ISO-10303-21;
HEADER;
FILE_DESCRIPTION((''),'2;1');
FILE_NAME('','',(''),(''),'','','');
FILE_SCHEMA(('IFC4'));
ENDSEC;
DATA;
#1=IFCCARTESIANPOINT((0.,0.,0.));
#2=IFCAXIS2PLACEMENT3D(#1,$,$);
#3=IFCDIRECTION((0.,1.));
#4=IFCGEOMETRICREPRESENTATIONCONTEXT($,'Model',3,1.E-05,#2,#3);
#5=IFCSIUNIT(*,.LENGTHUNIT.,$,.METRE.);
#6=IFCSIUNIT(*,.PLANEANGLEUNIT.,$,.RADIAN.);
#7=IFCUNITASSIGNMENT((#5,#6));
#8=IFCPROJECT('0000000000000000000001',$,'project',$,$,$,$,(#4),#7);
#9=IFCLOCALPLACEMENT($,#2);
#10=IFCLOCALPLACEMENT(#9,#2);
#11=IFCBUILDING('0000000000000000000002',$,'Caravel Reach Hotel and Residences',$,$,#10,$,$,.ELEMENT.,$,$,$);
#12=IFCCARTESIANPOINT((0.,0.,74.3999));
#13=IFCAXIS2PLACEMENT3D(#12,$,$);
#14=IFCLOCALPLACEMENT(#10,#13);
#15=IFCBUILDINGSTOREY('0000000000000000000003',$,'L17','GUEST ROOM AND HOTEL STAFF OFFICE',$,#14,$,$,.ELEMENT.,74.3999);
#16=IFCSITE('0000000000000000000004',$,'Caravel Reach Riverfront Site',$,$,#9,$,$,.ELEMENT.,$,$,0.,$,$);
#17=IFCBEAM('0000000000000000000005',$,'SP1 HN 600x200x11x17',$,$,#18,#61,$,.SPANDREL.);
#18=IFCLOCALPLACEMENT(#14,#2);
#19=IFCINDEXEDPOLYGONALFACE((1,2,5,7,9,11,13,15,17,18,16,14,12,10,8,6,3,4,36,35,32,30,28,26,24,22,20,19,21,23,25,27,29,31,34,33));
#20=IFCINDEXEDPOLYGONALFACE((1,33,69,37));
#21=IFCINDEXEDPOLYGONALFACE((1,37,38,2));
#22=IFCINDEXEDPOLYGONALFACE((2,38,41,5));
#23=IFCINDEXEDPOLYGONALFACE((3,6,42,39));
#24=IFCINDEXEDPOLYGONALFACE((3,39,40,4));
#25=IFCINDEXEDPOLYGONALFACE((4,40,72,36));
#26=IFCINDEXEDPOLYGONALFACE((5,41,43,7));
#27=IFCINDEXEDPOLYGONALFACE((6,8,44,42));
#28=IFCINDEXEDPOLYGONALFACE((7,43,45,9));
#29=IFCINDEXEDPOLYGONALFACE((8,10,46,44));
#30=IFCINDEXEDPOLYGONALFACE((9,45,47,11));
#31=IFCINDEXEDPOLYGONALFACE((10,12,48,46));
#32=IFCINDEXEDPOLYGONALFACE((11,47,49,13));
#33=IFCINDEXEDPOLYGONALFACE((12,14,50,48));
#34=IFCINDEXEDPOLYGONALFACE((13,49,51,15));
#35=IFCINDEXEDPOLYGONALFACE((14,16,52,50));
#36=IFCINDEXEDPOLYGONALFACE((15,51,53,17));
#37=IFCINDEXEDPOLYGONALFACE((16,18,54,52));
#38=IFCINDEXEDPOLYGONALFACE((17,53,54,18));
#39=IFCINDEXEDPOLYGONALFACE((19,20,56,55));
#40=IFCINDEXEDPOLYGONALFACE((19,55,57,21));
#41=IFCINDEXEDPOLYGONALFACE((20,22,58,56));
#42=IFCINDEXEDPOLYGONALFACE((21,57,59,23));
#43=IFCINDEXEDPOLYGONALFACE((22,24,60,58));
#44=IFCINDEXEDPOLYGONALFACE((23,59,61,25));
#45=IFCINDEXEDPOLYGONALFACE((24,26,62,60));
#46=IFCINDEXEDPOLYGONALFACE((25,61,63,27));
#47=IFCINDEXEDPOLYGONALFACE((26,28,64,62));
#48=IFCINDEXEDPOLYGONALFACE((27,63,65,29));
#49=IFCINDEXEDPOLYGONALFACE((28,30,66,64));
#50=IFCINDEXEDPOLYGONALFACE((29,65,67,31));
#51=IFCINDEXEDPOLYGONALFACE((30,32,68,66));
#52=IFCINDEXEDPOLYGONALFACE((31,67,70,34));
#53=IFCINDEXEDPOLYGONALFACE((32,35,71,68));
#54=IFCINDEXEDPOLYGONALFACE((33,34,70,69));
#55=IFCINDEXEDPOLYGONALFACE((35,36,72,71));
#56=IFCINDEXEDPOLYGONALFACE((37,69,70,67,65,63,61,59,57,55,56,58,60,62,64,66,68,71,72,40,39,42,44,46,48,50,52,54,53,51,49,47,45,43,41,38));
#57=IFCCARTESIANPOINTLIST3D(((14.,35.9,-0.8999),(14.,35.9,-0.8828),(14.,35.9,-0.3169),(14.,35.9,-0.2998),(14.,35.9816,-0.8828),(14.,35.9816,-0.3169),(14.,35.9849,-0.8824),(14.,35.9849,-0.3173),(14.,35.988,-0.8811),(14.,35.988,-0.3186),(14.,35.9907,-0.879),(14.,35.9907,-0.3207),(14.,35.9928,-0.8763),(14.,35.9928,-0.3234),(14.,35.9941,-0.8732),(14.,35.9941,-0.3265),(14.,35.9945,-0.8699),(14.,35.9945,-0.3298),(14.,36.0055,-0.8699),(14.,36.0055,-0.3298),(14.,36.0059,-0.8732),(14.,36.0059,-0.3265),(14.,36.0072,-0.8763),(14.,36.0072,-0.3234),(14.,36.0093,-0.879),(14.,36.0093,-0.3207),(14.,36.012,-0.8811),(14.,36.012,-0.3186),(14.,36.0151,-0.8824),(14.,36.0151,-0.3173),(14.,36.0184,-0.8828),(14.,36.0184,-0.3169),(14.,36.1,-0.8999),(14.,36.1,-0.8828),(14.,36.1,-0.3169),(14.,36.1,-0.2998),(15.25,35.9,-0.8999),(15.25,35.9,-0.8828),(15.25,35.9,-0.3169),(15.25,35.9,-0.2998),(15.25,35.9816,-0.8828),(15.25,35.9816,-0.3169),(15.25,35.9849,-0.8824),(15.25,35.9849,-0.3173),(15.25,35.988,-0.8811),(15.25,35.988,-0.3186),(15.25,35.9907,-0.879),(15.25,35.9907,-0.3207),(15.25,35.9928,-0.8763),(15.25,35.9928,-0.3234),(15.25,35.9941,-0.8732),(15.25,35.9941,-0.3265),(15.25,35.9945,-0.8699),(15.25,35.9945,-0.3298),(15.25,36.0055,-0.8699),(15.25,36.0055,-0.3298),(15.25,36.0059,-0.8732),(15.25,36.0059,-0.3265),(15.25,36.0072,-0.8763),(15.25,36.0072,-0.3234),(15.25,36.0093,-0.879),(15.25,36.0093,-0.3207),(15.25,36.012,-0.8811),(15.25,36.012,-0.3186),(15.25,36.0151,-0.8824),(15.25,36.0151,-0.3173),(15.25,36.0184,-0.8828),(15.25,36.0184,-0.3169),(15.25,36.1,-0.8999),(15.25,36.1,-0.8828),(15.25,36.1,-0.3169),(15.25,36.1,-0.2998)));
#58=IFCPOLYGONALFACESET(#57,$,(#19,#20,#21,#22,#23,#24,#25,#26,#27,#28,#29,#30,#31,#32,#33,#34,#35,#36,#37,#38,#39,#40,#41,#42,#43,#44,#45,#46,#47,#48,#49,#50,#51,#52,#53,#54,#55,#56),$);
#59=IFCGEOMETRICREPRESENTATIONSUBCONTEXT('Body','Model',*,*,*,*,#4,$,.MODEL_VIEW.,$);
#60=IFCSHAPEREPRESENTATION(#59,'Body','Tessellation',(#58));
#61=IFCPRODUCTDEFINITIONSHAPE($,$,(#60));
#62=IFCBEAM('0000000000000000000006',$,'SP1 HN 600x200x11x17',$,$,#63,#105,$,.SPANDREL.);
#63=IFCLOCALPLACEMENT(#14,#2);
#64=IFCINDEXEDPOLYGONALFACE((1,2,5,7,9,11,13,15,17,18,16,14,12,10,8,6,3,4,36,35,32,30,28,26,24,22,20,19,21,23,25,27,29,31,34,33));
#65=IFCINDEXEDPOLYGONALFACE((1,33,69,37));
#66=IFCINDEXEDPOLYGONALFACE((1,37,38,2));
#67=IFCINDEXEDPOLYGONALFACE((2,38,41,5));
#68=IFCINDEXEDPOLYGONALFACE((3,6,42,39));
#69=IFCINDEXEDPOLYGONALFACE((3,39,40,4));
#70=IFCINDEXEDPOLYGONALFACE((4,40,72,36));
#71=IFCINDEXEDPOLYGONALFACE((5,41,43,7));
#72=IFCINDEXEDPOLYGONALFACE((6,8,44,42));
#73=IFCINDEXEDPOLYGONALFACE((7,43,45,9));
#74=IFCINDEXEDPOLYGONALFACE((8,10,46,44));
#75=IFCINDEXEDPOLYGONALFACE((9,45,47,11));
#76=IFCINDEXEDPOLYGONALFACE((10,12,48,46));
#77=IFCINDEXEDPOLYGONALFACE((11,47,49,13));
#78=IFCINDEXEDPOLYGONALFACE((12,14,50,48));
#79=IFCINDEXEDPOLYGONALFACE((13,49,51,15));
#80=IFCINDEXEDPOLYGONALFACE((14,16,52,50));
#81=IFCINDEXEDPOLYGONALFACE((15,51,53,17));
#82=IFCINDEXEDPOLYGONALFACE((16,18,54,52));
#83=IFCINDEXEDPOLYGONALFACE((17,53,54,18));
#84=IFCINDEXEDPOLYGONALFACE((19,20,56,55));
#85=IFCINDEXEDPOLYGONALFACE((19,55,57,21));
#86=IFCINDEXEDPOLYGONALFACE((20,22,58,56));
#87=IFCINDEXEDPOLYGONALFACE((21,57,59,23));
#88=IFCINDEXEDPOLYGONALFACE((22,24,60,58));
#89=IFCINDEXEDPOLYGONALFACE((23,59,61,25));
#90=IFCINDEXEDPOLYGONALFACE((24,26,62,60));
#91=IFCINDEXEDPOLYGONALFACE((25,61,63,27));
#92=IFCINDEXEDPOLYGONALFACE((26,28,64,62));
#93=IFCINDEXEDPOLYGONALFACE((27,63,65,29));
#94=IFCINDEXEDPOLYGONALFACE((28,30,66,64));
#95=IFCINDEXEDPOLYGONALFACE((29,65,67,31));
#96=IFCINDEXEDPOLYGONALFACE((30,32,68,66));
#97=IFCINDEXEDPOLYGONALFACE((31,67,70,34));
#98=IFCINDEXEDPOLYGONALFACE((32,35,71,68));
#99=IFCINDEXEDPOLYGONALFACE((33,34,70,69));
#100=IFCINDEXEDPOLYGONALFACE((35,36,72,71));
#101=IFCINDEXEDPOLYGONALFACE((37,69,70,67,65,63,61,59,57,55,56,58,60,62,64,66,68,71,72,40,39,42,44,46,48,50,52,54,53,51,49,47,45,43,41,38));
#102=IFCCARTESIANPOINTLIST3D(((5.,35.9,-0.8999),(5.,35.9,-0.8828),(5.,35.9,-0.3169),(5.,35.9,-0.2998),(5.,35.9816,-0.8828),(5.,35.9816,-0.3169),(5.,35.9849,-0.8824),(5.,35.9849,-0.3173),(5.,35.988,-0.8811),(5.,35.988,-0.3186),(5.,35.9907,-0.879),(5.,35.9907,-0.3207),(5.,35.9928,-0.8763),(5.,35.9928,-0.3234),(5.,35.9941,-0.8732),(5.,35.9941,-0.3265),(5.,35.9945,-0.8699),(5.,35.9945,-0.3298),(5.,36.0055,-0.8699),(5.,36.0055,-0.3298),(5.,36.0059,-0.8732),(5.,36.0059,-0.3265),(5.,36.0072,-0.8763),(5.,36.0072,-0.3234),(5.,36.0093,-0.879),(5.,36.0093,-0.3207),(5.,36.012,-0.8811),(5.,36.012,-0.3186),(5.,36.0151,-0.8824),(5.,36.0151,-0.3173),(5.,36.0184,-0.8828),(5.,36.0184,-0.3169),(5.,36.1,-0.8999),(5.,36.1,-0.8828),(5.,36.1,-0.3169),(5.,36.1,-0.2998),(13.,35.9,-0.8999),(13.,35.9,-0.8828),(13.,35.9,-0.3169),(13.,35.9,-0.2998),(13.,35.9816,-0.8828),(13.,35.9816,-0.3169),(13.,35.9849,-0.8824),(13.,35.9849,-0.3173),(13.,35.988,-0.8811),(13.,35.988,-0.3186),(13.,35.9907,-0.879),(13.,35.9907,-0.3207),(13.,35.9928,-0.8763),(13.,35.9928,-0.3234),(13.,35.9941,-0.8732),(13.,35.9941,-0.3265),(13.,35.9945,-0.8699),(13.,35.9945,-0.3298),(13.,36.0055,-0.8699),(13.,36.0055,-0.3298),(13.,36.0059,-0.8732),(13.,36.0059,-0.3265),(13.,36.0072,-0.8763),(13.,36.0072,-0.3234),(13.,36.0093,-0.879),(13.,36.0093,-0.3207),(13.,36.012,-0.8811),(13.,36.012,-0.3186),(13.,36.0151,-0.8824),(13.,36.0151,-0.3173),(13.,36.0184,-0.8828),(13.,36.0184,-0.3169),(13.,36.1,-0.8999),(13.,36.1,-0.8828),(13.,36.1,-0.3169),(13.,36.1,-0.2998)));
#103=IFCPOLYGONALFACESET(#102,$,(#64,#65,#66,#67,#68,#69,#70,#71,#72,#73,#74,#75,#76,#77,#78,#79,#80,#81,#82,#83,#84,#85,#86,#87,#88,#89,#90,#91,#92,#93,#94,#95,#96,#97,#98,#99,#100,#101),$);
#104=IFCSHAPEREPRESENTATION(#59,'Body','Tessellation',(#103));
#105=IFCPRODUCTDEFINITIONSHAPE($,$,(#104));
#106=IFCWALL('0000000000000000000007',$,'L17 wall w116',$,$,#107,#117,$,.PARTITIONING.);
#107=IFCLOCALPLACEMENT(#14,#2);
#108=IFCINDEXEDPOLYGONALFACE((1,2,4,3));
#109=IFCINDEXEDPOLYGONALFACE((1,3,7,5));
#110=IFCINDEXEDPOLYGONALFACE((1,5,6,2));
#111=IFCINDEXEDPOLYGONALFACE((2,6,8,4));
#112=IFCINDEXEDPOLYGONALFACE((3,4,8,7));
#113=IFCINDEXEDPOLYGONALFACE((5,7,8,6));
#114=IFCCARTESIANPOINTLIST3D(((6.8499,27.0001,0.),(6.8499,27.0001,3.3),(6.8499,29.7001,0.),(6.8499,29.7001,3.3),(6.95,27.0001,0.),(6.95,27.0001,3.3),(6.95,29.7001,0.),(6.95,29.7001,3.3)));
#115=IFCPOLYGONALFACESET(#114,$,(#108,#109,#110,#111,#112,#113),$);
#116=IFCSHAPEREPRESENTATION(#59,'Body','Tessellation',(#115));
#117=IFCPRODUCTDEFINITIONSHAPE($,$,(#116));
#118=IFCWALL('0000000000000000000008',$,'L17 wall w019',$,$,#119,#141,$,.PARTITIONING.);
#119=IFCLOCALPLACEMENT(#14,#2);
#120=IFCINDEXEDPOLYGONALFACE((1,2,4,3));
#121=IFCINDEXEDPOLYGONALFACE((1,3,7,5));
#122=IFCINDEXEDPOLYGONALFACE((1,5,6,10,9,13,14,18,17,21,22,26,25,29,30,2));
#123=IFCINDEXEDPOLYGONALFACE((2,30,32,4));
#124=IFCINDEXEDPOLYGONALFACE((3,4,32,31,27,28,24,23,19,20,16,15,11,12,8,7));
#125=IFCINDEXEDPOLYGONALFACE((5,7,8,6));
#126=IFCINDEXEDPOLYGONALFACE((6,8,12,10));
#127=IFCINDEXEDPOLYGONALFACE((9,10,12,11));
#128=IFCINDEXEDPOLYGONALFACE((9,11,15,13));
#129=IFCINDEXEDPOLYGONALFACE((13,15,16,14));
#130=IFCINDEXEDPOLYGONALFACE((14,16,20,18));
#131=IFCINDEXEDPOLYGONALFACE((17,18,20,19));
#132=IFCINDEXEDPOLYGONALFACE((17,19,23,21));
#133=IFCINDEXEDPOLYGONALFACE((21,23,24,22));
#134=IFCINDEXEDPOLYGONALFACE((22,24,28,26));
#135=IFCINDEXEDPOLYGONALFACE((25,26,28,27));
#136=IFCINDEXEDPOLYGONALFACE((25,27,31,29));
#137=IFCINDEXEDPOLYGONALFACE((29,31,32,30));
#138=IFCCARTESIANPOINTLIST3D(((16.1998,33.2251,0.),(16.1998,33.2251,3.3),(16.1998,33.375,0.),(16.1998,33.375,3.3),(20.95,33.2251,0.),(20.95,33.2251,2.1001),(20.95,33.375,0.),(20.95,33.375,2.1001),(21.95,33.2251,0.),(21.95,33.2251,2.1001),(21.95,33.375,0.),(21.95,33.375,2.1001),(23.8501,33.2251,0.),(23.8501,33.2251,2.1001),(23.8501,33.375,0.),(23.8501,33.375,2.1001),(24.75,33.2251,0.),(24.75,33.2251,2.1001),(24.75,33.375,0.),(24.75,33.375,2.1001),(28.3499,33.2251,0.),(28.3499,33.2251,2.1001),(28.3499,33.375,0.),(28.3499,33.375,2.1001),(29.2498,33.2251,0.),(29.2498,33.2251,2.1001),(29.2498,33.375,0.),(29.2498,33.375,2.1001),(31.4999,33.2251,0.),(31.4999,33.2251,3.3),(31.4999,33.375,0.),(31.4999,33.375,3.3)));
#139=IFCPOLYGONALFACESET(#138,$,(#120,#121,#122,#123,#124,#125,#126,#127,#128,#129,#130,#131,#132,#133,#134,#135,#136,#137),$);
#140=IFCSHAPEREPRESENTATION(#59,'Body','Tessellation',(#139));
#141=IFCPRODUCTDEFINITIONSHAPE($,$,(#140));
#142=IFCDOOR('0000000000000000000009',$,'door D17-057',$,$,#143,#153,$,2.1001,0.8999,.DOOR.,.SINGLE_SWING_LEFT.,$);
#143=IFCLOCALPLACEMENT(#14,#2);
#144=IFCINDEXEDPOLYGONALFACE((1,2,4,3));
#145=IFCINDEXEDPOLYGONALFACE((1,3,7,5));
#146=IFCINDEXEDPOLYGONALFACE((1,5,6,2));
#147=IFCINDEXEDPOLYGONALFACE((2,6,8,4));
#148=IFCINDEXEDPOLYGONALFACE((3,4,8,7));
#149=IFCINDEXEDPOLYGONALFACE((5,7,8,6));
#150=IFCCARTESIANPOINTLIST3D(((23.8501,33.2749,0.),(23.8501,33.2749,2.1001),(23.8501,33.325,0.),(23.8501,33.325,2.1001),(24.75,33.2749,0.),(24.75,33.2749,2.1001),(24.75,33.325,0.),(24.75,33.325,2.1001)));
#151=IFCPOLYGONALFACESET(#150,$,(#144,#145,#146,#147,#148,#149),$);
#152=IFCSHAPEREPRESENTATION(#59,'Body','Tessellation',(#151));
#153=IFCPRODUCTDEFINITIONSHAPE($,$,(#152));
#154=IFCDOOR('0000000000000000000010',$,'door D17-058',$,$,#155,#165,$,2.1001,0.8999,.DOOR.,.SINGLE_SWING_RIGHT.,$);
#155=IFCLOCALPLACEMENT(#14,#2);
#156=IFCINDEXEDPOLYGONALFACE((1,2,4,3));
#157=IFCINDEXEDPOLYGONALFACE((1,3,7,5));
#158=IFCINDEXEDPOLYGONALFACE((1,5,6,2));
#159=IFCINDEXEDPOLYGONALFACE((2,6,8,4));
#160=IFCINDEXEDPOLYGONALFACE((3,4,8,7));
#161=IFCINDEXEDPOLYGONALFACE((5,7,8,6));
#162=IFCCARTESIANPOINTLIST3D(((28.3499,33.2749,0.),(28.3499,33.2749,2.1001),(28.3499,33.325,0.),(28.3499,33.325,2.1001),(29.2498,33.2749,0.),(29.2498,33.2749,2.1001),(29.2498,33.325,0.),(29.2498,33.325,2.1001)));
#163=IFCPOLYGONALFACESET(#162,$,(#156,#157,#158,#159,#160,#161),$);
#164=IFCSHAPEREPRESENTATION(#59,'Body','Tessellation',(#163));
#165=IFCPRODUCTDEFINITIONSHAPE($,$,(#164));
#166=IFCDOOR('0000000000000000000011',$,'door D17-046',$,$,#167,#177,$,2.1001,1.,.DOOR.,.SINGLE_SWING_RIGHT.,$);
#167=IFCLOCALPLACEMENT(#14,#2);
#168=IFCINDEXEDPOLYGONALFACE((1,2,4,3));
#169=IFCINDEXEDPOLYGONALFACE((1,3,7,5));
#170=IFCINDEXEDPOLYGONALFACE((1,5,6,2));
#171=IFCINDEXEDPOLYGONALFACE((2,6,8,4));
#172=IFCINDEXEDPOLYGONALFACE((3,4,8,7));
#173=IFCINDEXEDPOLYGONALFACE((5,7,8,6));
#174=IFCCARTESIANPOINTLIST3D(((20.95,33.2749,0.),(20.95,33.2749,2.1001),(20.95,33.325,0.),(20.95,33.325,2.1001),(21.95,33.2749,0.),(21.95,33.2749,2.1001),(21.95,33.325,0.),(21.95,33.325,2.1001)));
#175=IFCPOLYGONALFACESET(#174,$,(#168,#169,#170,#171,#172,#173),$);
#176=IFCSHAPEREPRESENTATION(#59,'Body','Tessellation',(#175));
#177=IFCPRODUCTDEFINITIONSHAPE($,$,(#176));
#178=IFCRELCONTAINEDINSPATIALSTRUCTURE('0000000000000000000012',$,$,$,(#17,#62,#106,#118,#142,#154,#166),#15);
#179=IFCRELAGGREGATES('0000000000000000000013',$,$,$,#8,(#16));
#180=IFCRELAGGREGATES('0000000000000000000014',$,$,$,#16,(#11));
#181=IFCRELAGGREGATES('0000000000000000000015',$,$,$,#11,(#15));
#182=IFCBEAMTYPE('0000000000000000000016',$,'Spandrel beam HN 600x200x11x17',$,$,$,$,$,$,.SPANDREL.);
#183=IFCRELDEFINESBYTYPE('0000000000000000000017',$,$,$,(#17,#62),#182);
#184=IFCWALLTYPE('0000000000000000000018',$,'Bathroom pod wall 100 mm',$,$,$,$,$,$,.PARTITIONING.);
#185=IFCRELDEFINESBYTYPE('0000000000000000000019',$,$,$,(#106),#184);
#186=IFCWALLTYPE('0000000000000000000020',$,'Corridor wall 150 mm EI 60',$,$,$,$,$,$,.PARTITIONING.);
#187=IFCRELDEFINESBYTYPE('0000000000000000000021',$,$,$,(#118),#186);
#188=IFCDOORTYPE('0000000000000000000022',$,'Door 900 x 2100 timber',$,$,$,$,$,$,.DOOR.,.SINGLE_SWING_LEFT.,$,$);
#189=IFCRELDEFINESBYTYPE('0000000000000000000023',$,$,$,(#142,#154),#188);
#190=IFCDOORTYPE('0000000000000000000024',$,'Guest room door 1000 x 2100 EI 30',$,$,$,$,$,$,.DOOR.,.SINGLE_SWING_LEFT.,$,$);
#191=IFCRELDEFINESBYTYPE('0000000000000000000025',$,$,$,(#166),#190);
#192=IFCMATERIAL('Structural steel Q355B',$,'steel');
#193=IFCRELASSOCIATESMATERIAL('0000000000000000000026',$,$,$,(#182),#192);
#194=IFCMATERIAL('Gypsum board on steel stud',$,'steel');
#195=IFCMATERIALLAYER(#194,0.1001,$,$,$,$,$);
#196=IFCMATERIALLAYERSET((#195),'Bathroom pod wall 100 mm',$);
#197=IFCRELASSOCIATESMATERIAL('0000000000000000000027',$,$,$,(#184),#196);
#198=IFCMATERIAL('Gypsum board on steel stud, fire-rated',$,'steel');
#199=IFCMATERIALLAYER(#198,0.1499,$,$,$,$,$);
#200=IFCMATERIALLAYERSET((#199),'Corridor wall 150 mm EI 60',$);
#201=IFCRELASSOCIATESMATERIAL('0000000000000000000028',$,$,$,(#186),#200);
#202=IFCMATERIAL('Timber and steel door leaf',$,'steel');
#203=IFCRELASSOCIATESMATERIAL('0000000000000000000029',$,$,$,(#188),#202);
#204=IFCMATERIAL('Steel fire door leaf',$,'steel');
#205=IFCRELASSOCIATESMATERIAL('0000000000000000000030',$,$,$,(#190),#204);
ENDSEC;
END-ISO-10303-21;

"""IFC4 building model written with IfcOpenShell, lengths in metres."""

from ifc_helpers import new_model, si_unit, direction, frame, frame_2d, origin, origin_2d, place, context, subcontext, project, spatial, rectangle, i_section, extrude, material, layer, layer_set, material_profile, profile_set, type_object, element, fill, save


model = new_model("IFC4")

# Units and contexts
model_context = context("Model", 3, precision=1e-05, world=origin(), true_north=direction((0.0, 1.0)))
body_context = subcontext(model_context, "Body", "Model", "MODEL_VIEW")
ifc_project = project(units=[si_unit("LENGTHUNIT", "METRE"), si_unit("PLANEANGLEUNIT", "RADIAN")], contexts=[model_context])

# Site, building, storey
site_placement = place(None, origin())
site = spatial("IfcSite", under=ifc_project, at=site_placement, Name="Caravel Reach Riverfront Site", CompositionType="ELEMENT", RefElevation=0.0)
building_placement = place(site_placement, origin())
building = spatial("IfcBuilding", under=site, at=building_placement, Name="Caravel Reach Hotel and Residences", CompositionType="ELEMENT")
storey_placement = place(building_placement, frame((0.0, 0.0, 74.3999)))
storey = spatial("IfcBuildingStorey", under=building, at=storey_placement, Name="L17", Description="GUEST ROOM AND HOTEL STAFF OFFICE", CompositionType="ELEMENT", Elevation=74.3999)

# Beams
ifc_material_1 = material(Name="Structural steel Q355B", Category="steel")
ifc_material_profile_1 = material_profile(ifc_material_1, i_section(OverallWidth=0.2, OverallDepth=0.6001, WebThickness=0.011, FlangeThickness=0.0171, FilletRadius=0.0129, at=origin_2d()), Name="HN 600x200x11x17")
ifc_profile_set_1 = profile_set([ifc_material_profile_1], Name="Structural steel Q355B")
beam_type_1 = type_object("IfcBeamType", Name="Spandrel beam HN 600x200x11x17", PredefinedType="SPANDREL", material=ifc_profile_set_1)
beam_1_placement = place(storey_placement, frame((15.25, 36.0, -0.5999), z_axis=(-1.0, 0.0, 0.0), x_axis=(0.0, -1.0, 0.0)))
element("IfcBeam", 1, at=beam_1_placement, inside=storey, type_object=beam_type_1, Name="SP1 HN 600x200x11x17", PredefinedType="SPANDREL", context=body_context, shape_type="SweptSolid", body=[
    extrude(i_section(OverallWidth=0.2, OverallDepth=0.6001, WebThickness=0.011, FlangeThickness=0.0171, FilletRadius=0.0129, at=origin_2d()), origin(), (0.0, 0.0, 1.0), 1.25),
])
beam_2_placement = place(storey_placement, frame((13.0, 36.0, -0.5999), z_axis=(-1.0, 0.0, 0.0), x_axis=(0.0, -1.0, 0.0)))
element("IfcBeam", 2, at=beam_2_placement, inside=storey, type_object=beam_type_1, Name="SP1 HN 600x200x11x17", PredefinedType="SPANDREL", context=body_context, shape_type="SweptSolid", body=[
    extrude(i_section(OverallWidth=0.2, OverallDepth=0.6001, WebThickness=0.011, FlangeThickness=0.0171, FilletRadius=0.0129, at=origin_2d()), origin(), (0.0, 0.0, 1.0), 8.0),
])

# Wall
ifc_material_2 = material(Name="Gypsum board on steel stud", Category="steel")
ifc_layer_1 = layer(ifc_material_2, 0.1001)
ifc_layer_set_1 = layer_set([ifc_layer_1], Name="Bathroom pod wall 100 mm")
wall_type_1 = type_object("IfcWallType", Name="Bathroom pod wall 100 mm", PredefinedType="PARTITIONING", material=ifc_layer_set_1)
wall_1_placement = place(storey_placement, frame((6.8999, 27.0, 0.0), z_axis=(0.0, 0.0, 1.0), x_axis=(0.0, 1.0, 0.0)))
element("IfcWall", 3, at=wall_1_placement, inside=storey, type_object=wall_type_1, Name="L17 wall w116", PredefinedType="PARTITIONING", context=body_context, shape_type="SweptSolid", body=[
    extrude(rectangle(XDim=2.7, YDim=0.1001, at=frame_2d((1.3501, 0.0))), origin(), (0.0, 0.0, 1.0), 3.3),
])

# Wall, openings, doors
ifc_material_3 = material(Name="Gypsum board on steel stud, fire-rated", Category="steel")
ifc_layer_2 = layer(ifc_material_3, 0.1499)
ifc_layer_set_2 = layer_set([ifc_layer_2], Name="Corridor wall 150 mm EI 60")
wall_type_2 = type_object("IfcWallType", Name="Corridor wall 150 mm EI 60", PredefinedType="PARTITIONING", material=ifc_layer_set_2)
wall_2_placement = place(storey_placement, frame((16.2, 33.3, 0.0), z_axis=(0.0, 0.0, 1.0), x_axis=(1.0, 0.0, 0.0)))
wall_2 = element("IfcWall", 4, at=wall_2_placement, inside=storey, type_object=wall_type_2, Name="L17 wall w019", PredefinedType="PARTITIONING", context=body_context, shape_type="SweptSolid", body=[
    extrude(rectangle(XDim=15.3, YDim=0.1499, at=frame_2d((7.6499, 0.0))), origin(), (0.0, 0.0, 1.0), 3.3),
])
opening_1_placement = place(wall_2_placement, frame((4.75, 0.0, 0.0)))
opening_1 = element("IfcOpeningElement", 5, at=opening_1_placement, cuts=wall_2, PredefinedType="OPENING", context=body_context, shape_type="SweptSolid", body=[
    extrude(rectangle(XDim=1.0, YDim=2.1001, at=frame_2d((0.5, 1.05))), frame((0.0, 0.085, 0.0), z_axis=(0.0, -1.0, 0.0), x_axis=(1.0, 0.0, 0.0)), (0.0, 0.0, 1.0), 0.1699),
])
opening_2_placement = place(wall_2_placement, frame((7.6501, 0.0, 0.0)))
opening_2 = element("IfcOpeningElement", 6, at=opening_2_placement, cuts=wall_2, PredefinedType="OPENING", context=body_context, shape_type="SweptSolid", body=[
    extrude(rectangle(XDim=0.8999, YDim=2.1001, at=frame_2d((0.45, 1.05))), frame((0.0, 0.085, 0.0), z_axis=(0.0, -1.0, 0.0), x_axis=(1.0, 0.0, 0.0)), (0.0, 0.0, 1.0), 0.1699),
])
opening_3_placement = place(wall_2_placement, frame((12.1499, 0.0, 0.0)))
opening_3 = element("IfcOpeningElement", 7, at=opening_3_placement, cuts=wall_2, PredefinedType="OPENING", context=body_context, shape_type="SweptSolid", body=[
    extrude(rectangle(XDim=0.8999, YDim=2.1001, at=frame_2d((0.45, 1.05))), frame((0.0, 0.085, 0.0), z_axis=(0.0, -1.0, 0.0), x_axis=(1.0, 0.0, 0.0)), (0.0, 0.0, 1.0), 0.1699),
])
ifc_material_4 = material(Name="Timber and steel door leaf", Category="steel")
door_type_1 = type_object("IfcDoorType", Name="Door 900 x 2100 timber", OperationType="SINGLE_SWING_LEFT", PredefinedType="DOOR", material=ifc_material_4)
door_1_placement = place(opening_2_placement, origin())
door_1 = element("IfcDoor", 8, at=door_1_placement, inside=storey, type_object=door_type_1, Name="door D17-057", OperationType="SINGLE_SWING_LEFT", OverallHeight=2.1001, OverallWidth=0.8999, PredefinedType="DOOR", context=body_context, shape_type="SweptSolid", body=[
    extrude(rectangle(XDim=0.8999, YDim=2.1001, at=frame_2d((0.45, 1.05))), frame((0.0, 0.0249, 0.0), z_axis=(0.0, -1.0, 0.0), x_axis=(1.0, 0.0, 0.0)), (0.0, 0.0, 1.0), 0.05),
])
fill(opening_2, door_1)
door_2_placement = place(opening_3_placement, origin())
door_2 = element("IfcDoor", 9, at=door_2_placement, inside=storey, type_object=door_type_1, Name="door D17-058", OperationType="SINGLE_SWING_RIGHT", OverallHeight=2.1001, OverallWidth=0.8999, PredefinedType="DOOR", context=body_context, shape_type="SweptSolid", body=[
    extrude(rectangle(XDim=0.8999, YDim=2.1001, at=frame_2d((0.45, 1.05))), frame((0.0, 0.0249, 0.0), z_axis=(0.0, -1.0, 0.0), x_axis=(1.0, 0.0, 0.0)), (0.0, 0.0, 1.0), 0.05),
])
fill(opening_3, door_2)
ifc_material_5 = material(Name="Steel fire door leaf", Category="steel")
door_type_2 = type_object("IfcDoorType", Name="Guest room door 1000 x 2100 EI 30", OperationType="SINGLE_SWING_LEFT", PredefinedType="DOOR", material=ifc_material_5)
door_3_placement = place(opening_1_placement, origin())
door_3 = element("IfcDoor", 10, at=door_3_placement, inside=storey, type_object=door_type_2, Name="door D17-046", OperationType="SINGLE_SWING_RIGHT", OverallHeight=2.1001, OverallWidth=1.0, PredefinedType="DOOR", context=body_context, shape_type="SweptSolid", body=[
    extrude(rectangle(XDim=1.0, YDim=2.1001, at=frame_2d((0.5, 1.05))), frame((0.0, 0.0249, 0.0), z_axis=(0.0, -1.0, 0.0), x_axis=(1.0, 0.0, 0.0)), (0.0, 0.0, 1.0), 0.05),
])
fill(opening_1, door_3)

save(model, "model.ifc")
